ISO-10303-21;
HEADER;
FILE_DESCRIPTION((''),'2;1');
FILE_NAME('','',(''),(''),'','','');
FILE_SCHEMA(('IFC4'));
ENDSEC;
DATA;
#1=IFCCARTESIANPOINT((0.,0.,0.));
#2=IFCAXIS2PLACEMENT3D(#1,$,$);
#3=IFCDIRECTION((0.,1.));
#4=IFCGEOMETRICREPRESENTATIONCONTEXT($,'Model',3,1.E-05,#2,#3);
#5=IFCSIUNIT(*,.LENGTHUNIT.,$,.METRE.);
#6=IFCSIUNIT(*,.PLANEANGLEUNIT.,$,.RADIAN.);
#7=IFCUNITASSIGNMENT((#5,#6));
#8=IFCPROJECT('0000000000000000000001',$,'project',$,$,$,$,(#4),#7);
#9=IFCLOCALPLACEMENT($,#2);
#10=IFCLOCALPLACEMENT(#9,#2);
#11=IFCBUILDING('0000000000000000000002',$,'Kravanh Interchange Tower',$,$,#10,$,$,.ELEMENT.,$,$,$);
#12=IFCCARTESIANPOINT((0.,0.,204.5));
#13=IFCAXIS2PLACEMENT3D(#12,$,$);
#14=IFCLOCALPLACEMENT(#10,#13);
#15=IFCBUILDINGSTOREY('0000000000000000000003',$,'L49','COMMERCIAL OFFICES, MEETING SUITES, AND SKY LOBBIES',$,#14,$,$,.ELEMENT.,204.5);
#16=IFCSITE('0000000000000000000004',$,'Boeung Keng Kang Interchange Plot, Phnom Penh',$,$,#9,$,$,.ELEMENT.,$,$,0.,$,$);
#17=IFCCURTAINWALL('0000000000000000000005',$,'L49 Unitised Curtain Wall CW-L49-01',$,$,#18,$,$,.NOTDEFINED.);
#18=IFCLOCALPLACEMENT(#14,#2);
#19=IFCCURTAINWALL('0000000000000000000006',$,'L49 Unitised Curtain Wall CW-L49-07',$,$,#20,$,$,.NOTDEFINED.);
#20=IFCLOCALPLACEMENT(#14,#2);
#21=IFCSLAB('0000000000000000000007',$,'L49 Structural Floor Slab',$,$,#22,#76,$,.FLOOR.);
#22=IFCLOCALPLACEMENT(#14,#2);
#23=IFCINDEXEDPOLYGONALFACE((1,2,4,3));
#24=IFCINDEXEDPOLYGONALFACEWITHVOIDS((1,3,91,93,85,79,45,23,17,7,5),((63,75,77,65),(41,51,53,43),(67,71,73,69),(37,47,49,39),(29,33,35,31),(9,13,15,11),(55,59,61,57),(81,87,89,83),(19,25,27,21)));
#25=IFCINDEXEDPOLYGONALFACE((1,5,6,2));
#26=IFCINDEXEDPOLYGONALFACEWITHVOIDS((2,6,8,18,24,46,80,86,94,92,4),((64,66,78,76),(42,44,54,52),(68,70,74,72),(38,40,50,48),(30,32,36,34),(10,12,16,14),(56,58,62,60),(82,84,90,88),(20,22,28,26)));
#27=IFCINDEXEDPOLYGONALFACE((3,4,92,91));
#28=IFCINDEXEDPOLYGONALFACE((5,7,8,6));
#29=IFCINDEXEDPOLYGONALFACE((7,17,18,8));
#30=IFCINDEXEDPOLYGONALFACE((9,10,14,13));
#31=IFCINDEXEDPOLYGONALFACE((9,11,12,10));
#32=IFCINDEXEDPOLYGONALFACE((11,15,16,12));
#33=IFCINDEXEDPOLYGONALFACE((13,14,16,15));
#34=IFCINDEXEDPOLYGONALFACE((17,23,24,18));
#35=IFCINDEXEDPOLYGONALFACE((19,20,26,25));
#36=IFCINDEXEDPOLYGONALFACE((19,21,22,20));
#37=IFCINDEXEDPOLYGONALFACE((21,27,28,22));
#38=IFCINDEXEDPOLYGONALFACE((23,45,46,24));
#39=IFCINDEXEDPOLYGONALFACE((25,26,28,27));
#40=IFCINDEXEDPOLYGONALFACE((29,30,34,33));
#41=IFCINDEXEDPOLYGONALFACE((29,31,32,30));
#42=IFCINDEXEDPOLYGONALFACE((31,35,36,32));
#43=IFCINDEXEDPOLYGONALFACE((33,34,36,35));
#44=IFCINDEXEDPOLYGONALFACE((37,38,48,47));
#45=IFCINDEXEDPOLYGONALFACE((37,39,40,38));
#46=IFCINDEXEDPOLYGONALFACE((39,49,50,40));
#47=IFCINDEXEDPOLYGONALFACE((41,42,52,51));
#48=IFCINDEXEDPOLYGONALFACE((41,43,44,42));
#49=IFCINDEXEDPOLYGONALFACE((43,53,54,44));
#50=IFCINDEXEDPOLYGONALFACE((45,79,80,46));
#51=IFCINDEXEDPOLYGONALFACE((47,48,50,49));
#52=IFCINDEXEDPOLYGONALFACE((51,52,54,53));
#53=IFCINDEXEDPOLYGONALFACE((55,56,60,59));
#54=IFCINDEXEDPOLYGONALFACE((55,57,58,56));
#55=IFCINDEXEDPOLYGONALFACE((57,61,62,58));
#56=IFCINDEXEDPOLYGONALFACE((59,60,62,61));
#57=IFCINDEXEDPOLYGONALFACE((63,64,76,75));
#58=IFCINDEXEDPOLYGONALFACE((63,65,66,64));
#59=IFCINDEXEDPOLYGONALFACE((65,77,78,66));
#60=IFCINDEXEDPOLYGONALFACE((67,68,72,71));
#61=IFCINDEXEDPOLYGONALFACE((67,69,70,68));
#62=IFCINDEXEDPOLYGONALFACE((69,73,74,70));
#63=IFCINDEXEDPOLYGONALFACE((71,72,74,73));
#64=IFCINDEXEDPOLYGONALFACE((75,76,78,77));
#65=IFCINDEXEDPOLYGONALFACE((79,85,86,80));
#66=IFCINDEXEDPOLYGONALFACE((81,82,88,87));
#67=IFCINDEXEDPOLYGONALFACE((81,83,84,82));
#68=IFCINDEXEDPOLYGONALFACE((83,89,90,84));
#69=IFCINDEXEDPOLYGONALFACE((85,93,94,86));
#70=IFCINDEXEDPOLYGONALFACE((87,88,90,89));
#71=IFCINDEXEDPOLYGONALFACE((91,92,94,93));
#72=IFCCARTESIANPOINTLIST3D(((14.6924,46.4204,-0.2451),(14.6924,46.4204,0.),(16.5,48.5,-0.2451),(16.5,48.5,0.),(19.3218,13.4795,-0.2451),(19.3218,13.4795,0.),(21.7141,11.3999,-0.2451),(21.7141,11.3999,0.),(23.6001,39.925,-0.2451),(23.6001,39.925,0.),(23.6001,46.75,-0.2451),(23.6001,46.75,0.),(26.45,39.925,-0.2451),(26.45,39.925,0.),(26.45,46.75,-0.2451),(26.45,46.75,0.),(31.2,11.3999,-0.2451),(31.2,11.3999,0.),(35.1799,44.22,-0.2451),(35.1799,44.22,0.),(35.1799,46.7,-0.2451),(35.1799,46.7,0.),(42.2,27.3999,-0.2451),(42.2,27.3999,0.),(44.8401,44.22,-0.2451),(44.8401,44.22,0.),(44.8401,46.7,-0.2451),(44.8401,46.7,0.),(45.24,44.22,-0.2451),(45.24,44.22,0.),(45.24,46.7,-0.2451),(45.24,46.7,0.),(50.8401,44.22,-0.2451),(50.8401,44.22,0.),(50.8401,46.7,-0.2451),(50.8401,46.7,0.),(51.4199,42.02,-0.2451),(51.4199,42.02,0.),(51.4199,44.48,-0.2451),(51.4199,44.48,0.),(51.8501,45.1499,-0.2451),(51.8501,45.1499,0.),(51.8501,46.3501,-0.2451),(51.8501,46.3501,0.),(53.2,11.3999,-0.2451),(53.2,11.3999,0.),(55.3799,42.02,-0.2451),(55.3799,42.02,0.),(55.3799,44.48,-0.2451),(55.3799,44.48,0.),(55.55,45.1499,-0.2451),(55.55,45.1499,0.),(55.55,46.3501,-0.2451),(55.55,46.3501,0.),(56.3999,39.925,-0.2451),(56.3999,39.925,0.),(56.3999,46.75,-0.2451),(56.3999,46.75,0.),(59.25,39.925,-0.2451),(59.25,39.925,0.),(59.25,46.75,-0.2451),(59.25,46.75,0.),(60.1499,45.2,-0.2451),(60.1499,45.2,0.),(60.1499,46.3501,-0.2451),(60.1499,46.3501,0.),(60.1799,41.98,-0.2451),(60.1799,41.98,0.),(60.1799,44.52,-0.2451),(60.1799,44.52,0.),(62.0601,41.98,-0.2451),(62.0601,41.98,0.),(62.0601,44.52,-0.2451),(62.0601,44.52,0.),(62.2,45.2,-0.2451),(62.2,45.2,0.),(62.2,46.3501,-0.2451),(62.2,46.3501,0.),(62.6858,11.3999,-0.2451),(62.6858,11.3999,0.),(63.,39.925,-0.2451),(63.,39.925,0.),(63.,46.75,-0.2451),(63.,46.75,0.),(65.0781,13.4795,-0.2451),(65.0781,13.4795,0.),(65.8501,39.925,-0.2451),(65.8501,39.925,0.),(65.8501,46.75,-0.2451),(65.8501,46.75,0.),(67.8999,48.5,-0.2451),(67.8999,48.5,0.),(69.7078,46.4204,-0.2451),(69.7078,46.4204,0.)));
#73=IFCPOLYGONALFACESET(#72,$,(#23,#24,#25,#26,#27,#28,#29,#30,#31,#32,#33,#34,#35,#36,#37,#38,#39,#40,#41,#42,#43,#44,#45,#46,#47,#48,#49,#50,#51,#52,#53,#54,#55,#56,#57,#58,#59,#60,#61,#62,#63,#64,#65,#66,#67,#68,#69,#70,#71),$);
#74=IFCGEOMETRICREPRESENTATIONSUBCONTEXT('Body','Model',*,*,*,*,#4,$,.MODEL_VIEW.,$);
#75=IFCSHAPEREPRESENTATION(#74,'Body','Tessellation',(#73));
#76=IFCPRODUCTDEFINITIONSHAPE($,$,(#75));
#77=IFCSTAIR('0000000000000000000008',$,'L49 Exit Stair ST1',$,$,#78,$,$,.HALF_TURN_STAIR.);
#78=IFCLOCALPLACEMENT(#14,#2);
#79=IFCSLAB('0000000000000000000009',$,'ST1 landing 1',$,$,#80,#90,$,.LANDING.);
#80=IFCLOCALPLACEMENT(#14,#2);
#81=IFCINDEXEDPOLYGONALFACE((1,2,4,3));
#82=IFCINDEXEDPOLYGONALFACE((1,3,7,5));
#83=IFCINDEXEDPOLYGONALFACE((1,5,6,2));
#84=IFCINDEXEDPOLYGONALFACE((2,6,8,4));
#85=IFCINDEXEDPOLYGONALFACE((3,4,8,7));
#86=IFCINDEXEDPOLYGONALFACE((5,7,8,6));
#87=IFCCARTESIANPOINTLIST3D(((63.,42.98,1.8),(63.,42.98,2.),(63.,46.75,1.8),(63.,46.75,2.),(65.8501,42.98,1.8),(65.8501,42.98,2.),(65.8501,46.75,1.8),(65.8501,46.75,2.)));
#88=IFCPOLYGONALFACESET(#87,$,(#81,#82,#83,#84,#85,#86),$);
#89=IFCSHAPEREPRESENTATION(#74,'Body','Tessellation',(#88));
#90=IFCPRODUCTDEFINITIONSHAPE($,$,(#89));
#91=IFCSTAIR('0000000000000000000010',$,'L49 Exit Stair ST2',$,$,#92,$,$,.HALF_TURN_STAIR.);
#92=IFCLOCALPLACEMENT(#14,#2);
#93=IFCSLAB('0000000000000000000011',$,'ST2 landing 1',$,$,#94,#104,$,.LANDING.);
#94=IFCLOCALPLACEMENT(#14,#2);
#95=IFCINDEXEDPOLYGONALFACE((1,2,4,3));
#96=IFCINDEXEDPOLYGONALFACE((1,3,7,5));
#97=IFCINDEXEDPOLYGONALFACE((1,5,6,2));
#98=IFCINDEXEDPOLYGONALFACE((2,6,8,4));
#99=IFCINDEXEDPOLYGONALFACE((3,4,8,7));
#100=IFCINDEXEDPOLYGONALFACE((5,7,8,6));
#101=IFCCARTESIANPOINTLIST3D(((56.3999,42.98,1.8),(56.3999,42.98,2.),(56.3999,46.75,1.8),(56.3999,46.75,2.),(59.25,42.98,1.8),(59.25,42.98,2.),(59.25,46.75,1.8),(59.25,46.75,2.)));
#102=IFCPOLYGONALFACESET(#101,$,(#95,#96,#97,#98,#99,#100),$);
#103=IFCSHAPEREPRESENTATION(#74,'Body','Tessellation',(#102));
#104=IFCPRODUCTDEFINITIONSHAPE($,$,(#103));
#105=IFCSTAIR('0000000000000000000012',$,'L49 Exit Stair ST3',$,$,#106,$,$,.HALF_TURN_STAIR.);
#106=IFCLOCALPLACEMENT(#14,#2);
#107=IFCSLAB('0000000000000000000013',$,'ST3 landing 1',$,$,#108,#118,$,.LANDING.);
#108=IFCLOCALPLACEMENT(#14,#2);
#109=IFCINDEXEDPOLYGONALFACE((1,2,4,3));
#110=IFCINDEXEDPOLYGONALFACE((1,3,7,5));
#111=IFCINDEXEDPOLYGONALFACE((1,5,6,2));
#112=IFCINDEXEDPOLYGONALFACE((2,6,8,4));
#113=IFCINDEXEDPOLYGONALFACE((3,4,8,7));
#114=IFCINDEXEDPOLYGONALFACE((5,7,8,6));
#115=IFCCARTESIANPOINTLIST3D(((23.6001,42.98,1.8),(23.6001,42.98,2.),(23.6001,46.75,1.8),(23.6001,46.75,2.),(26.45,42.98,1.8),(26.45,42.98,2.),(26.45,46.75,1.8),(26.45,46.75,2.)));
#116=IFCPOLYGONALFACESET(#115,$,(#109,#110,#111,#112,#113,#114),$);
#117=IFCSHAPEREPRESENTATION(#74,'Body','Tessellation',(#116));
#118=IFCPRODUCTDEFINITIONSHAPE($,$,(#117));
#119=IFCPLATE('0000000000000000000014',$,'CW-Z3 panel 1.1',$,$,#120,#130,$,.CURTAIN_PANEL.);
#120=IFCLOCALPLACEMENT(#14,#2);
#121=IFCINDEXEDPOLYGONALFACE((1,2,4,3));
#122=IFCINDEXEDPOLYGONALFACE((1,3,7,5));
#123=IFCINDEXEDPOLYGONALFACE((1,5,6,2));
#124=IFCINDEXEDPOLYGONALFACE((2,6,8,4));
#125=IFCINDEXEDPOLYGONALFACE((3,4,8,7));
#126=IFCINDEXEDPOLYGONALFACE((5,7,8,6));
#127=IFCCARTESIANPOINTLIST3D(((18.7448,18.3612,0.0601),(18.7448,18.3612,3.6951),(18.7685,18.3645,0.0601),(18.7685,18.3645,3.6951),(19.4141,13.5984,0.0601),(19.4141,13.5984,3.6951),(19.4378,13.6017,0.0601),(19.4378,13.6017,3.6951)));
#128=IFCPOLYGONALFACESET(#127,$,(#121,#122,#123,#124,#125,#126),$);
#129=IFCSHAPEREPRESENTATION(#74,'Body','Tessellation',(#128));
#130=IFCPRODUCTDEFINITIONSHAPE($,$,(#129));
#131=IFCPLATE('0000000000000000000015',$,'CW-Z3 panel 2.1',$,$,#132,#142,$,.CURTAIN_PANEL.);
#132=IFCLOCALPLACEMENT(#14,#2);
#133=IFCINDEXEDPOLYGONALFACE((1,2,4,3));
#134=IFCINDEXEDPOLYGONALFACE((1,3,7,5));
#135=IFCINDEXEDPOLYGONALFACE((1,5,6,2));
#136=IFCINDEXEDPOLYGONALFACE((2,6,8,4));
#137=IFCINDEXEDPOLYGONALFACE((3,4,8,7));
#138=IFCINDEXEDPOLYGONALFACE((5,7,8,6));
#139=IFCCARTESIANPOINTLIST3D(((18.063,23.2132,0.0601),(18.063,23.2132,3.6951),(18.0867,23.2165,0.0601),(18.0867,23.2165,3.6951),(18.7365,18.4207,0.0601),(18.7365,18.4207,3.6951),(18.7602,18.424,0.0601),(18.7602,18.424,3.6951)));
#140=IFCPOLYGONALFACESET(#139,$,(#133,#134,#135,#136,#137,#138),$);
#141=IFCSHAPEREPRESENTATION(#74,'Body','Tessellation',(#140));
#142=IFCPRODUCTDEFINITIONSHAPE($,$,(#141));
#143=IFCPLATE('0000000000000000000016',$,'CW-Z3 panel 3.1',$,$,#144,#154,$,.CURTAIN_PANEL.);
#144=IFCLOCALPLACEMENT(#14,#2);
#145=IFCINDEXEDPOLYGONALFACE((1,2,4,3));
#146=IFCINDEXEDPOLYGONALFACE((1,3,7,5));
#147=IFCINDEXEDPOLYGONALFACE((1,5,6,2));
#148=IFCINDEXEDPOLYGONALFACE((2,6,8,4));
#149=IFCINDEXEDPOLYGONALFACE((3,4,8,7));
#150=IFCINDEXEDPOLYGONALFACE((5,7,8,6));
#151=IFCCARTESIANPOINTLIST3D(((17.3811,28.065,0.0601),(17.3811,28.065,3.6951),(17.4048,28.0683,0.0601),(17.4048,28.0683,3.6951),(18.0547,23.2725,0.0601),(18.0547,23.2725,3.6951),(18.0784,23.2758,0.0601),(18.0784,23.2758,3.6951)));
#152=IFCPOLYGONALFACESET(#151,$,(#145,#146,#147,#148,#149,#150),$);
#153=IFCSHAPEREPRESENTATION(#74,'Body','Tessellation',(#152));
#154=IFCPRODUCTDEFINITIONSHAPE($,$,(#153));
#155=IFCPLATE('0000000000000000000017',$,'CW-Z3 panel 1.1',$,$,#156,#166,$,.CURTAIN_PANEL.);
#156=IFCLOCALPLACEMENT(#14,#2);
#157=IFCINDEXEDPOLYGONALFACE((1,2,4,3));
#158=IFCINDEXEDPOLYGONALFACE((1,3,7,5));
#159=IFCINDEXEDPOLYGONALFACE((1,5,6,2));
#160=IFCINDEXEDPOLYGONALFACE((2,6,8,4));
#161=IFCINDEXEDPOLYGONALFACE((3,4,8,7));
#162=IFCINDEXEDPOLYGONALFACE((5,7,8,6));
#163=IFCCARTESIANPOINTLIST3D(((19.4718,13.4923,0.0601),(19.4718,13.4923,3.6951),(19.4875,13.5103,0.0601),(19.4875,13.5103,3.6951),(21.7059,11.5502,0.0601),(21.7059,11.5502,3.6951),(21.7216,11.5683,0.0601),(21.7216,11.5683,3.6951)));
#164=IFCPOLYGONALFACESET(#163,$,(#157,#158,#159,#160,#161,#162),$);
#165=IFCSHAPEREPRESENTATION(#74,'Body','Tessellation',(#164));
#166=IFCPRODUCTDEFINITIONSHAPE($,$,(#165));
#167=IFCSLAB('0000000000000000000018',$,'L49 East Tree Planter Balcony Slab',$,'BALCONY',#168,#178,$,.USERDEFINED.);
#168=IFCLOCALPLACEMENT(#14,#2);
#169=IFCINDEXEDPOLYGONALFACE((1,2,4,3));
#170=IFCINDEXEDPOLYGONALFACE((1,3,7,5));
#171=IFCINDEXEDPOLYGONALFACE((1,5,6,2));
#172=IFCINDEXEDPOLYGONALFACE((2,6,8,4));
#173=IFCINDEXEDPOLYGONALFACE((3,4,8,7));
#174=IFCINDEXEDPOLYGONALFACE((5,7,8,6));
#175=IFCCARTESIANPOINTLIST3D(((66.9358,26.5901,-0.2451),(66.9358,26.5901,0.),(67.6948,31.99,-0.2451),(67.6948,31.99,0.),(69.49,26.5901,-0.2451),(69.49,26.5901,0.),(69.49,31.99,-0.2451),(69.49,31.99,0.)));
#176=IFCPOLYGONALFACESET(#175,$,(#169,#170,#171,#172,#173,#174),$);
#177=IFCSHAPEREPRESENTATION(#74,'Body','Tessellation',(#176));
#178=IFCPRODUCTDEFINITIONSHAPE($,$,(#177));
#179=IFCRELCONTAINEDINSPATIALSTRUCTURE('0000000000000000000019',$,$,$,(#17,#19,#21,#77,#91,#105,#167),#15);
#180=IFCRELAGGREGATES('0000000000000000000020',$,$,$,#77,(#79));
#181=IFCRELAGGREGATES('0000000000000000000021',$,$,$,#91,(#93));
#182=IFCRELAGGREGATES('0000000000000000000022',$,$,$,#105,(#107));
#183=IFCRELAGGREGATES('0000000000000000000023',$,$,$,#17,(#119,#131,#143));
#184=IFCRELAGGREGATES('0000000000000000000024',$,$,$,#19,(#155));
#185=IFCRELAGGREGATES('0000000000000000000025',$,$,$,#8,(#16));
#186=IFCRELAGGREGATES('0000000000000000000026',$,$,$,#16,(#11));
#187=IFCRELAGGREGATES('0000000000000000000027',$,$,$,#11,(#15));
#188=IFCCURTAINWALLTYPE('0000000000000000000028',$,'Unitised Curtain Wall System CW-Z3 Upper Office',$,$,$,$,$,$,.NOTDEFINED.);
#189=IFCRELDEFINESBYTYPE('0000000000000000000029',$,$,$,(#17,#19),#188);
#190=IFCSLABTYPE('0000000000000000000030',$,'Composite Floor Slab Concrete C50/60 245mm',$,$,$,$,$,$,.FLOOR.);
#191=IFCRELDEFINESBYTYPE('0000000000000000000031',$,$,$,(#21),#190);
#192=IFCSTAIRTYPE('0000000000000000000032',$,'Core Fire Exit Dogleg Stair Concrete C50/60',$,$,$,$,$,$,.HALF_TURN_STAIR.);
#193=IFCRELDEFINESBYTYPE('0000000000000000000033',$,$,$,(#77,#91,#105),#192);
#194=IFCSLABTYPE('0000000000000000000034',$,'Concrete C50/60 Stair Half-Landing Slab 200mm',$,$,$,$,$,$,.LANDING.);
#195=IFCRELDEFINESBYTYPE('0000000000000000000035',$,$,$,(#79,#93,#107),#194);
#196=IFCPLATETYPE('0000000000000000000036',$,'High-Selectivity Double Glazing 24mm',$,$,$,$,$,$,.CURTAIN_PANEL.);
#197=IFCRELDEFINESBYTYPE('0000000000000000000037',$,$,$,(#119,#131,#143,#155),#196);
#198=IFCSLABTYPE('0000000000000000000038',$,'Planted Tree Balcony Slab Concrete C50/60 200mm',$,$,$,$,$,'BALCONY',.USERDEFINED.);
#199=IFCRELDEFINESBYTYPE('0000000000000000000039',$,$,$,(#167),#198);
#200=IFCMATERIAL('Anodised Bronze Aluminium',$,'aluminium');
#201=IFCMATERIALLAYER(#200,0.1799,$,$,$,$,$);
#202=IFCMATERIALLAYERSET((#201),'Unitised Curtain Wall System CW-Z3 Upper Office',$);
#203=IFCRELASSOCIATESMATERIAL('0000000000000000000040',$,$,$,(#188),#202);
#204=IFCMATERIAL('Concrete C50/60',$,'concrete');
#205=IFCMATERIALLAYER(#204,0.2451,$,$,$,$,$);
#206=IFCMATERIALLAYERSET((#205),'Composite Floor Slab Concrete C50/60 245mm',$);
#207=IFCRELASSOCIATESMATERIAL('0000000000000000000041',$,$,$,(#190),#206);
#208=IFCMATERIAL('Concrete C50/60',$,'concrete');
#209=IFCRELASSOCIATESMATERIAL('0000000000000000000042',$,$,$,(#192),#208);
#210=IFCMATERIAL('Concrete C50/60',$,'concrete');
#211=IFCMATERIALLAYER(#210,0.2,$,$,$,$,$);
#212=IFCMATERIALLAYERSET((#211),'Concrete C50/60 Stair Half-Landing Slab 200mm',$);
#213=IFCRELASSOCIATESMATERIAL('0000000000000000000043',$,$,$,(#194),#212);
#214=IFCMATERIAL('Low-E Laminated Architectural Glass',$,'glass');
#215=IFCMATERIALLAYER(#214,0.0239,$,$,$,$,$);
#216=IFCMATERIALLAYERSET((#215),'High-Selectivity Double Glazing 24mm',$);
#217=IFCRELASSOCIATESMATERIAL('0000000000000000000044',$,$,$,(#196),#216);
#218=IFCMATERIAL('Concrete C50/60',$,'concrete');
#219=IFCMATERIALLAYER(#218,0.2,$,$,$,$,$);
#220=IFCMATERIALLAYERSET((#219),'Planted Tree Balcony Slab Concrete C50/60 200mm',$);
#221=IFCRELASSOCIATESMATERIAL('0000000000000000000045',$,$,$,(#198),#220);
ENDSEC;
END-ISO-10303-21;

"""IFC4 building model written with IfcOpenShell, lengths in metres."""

from ifc_helpers import new_model, si_unit, direction, frame, origin, origin_2d, place, context, subcontext, project, spatial, polyline, rectangle, outline, extrude, material, layer, layer_set, type_object, element, aggregate, save


model = new_model("IFC4")

# Units and contexts
model_context = context("Model", 3, precision=1e-05, world=origin(), true_north=direction((0.0, 1.0)))
body_context = subcontext(model_context, "Body", "Model", "MODEL_VIEW")
ifc_project = project(units=[si_unit("LENGTHUNIT", "METRE"), si_unit("PLANEANGLEUNIT", "RADIAN")], contexts=[model_context])

# Site, building, storey
site_placement = place(None, origin())
site = spatial("IfcSite", under=ifc_project, at=site_placement, Name="Boeung Keng Kang Interchange Plot, Phnom Penh", CompositionType="ELEMENT", RefElevation=0.0)
building_placement = place(site_placement, origin())
building = spatial("IfcBuilding", under=site, at=building_placement, Name="Kravanh Interchange Tower", CompositionType="ELEMENT")
storey_placement = place(building_placement, frame((0.0, 0.0, 204.5)))
storey = spatial("IfcBuildingStorey", under=building, at=storey_placement, Name="L49", Description="COMMERCIAL OFFICES, MEETING SUITES, AND SKY LOBBIES", CompositionType="ELEMENT", Elevation=204.5)

# Curtain wall
ifc_material_1 = material(Name="Anodised Bronze Aluminium", Category="aluminium")
ifc_layer_1 = layer(ifc_material_1, 0.1799)
ifc_layer_set_1 = layer_set([ifc_layer_1], Name="Unitised Curtain Wall System CW-Z3 Upper Office")
curtain_wall_type = type_object("IfcCurtainWallType", Name="Unitised Curtain Wall System CW-Z3 Upper Office", PredefinedType="NOTDEFINED", material=ifc_layer_set_1)
curtain_wall_1_placement = place(storey_placement, origin())
curtain_wall_1 = element("IfcCurtainWall", 1, at=curtain_wall_1_placement, inside=storey, type_object=curtain_wall_type, Name="L49 Unitised Curtain Wall CW-L49-01", PredefinedType="NOTDEFINED")

# Curtain wall
curtain_wall_2_placement = place(storey_placement, origin())
curtain_wall_2 = element("IfcCurtainWall", 2, at=curtain_wall_2_placement, inside=storey, type_object=curtain_wall_type, Name="L49 Unitised Curtain Wall CW-L49-07", PredefinedType="NOTDEFINED")

# Slab
ifc_material_2 = material(Name="Concrete C50/60", Category="concrete")
ifc_layer_2 = layer(ifc_material_2, 0.2451)
ifc_layer_set_2 = layer_set([ifc_layer_2], Name="Composite Floor Slab Concrete C50/60 245mm")
slab_type_1 = type_object("IfcSlabType", Name="Composite Floor Slab Concrete C50/60 245mm", PredefinedType="FLOOR", material=ifc_layer_set_2)
slab_1_placement = place(storey_placement, frame((0.0, 0.0, -0.2451)))
element("IfcSlab", 3, at=slab_1_placement, inside=storey, type_object=slab_type_1, Name="L49 Structural Floor Slab", PredefinedType="FLOOR", context=body_context, shape_type="SweptSolid", body=[
    extrude(outline(polyline([(19.3218, 13.4795), (21.7141, 11.3999), (31.2, 11.3999), (42.2, 27.3999), (53.2, 11.3999), (62.6858, 11.3999), (65.0781, 13.4795), (69.7078, 46.4204), (67.8999, 48.5), (16.5, 48.5), (14.6924, 46.4204), (19.3218, 13.4795)]), holes=[polyline([(65.8501, 39.925), (65.8501, 46.75), (63.0, 46.75), (63.0, 39.925), (65.8501, 39.925)]), polyline([(59.25, 39.925), (59.25, 46.75), (56.3999, 46.75), (56.3999, 39.925), (59.25, 39.925)]), polyline([(26.45, 39.925), (26.45, 46.75), (23.6001, 46.75), (23.6001, 39.925), (26.45, 39.925)]), polyline([(35.1799, 44.22), (44.8401, 44.22), (44.8401, 46.7), (35.1799, 46.7), (35.1799, 44.22)]), polyline([(45.24, 44.22), (50.8401, 44.22), (50.8401, 46.7), (45.24, 46.7), (45.24, 44.22)]), polyline([(51.4199, 42.02), (55.3799, 42.02), (55.3799, 44.48), (51.4199, 44.48), (51.4199, 42.02)]), polyline([(60.1799, 41.98), (62.0601, 41.98), (62.0601, 44.52), (60.1799, 44.52), (60.1799, 41.98)]), polyline([(60.1499, 45.2), (62.2, 45.2), (62.2, 46.3501), (60.1499, 46.3501), (60.1499, 45.2)]), polyline([(51.8501, 45.1499), (55.55, 45.1499), (55.55, 46.3501), (51.8501, 46.3501), (51.8501, 45.1499)])]), origin(), (0.0, 0.0, 1.0), 0.2451),
])

# Stairs, slabs
ifc_material_3 = material(Name="Concrete C50/60", Category="concrete")
stair_type = type_object("IfcStairType", Name="Core Fire Exit Dogleg Stair Concrete C50/60", PredefinedType="HALF_TURN_STAIR", material=ifc_material_3)
stair_1_placement = place(storey_placement, origin())
stair_1 = element("IfcStair", 4, at=stair_1_placement, inside=storey, type_object=stair_type, Name="L49 Exit Stair ST1", PredefinedType="HALF_TURN_STAIR")
ifc_material_4 = material(Name="Concrete C50/60", Category="concrete")
ifc_layer_3 = layer(ifc_material_4, 0.2)
ifc_layer_set_3 = layer_set([ifc_layer_3], Name="Concrete C50/60 Stair Half-Landing Slab 200mm")
slab_type_2 = type_object("IfcSlabType", Name="Concrete C50/60 Stair Half-Landing Slab 200mm", PredefinedType="LANDING", material=ifc_layer_set_3)
slab_2_placement = place(storey_placement, frame((0.0, 0.0, 1.8)))
slab_2 = element("IfcSlab", 5, at=slab_2_placement, type_object=slab_type_2, Name="ST1 landing 1", PredefinedType="LANDING", context=body_context, shape_type="SweptSolid", body=[
    extrude(outline(polyline([(65.8501, 42.98), (65.8501, 46.75), (63.0, 46.75), (63.0, 42.98), (65.8501, 42.98)])), origin(), (0.0, 0.0, 1.0), 0.2),
])
aggregate(stair_1, [slab_2])
stair_2_placement = place(storey_placement, origin())
stair_2 = element("IfcStair", 6, at=stair_2_placement, inside=storey, type_object=stair_type, Name="L49 Exit Stair ST2", PredefinedType="HALF_TURN_STAIR")
slab_3_placement = place(storey_placement, frame((0.0, 0.0, 1.8)))
slab_3 = element("IfcSlab", 7, at=slab_3_placement, type_object=slab_type_2, Name="ST2 landing 1", PredefinedType="LANDING", context=body_context, shape_type="SweptSolid", body=[
    extrude(outline(polyline([(59.25, 42.98), (59.25, 46.75), (56.3999, 46.75), (56.3999, 42.98), (59.25, 42.98)])), origin(), (0.0, 0.0, 1.0), 0.2),
])
aggregate(stair_2, [slab_3])
stair_3_placement = place(storey_placement, origin())
stair_3 = element("IfcStair", 8, at=stair_3_placement, inside=storey, type_object=stair_type, Name="L49 Exit Stair ST3", PredefinedType="HALF_TURN_STAIR")
slab_4_placement = place(storey_placement, frame((0.0, 0.0, 1.8)))
slab_4 = element("IfcSlab", 9, at=slab_4_placement, type_object=slab_type_2, Name="ST3 landing 1", PredefinedType="LANDING", context=body_context, shape_type="SweptSolid", body=[
    extrude(outline(polyline([(26.45, 42.98), (26.45, 46.75), (23.6001, 46.75), (23.6001, 42.98), (26.45, 42.98)])), origin(), (0.0, 0.0, 1.0), 0.2),
])
aggregate(stair_3, [slab_4])

# Plates
ifc_material_5 = material(Name="Low-E Laminated Architectural Glass", Category="glass")
ifc_layer_4 = layer(ifc_material_5, 0.0239)
ifc_layer_set_4 = layer_set([ifc_layer_4], Name="High-Selectivity Double Glazing 24mm")
plate_type = type_object("IfcPlateType", Name="High-Selectivity Double Glazing 24mm", PredefinedType="CURTAIN_PANEL", material=ifc_layer_set_4)
plate_1_placement = place(storey_placement, frame((19.0913, 15.9814, 0.0601), z_axis=(0.0, 0.0, 1.0), x_axis=(-0.139172, 0.990268, 0.0)))
plate_1 = element("IfcPlate", 10, at=plate_1_placement, type_object=plate_type, Name="CW-Z3 panel 1.1", PredefinedType="CURTAIN_PANEL", context=body_context, shape_type="SweptSolid", body=[
    extrude(rectangle(XDim=4.8096, YDim=0.0239, at=origin_2d()), origin(), (0.0, 0.0, 1.0), 3.635),
])
plate_2_placement = place(storey_placement, frame((18.4116, 20.8186, 0.0601), z_axis=(0.0, 0.0, 1.0), x_axis=(-0.139172, 0.990268, 0.0)))
plate_2 = element("IfcPlate", 11, at=plate_2_placement, type_object=plate_type, Name="CW-Z3 panel 2.1", PredefinedType="CURTAIN_PANEL", context=body_context, shape_type="SweptSolid", body=[
    extrude(rectangle(XDim=4.8396, YDim=0.0239, at=origin_2d()), origin(), (0.0, 0.0, 1.0), 3.635),
])
plate_3_placement = place(storey_placement, frame((17.7297, 25.6704, 0.0601), z_axis=(0.0, 0.0, 1.0), x_axis=(-0.139172, 0.990268, 0.0)))
plate_3 = element("IfcPlate", 12, at=plate_3_placement, type_object=plate_type, Name="CW-Z3 panel 3.1", PredefinedType="CURTAIN_PANEL", context=body_context, shape_type="SweptSolid", body=[
    extrude(rectangle(XDim=4.8396, YDim=0.0239, at=origin_2d()), origin(), (0.0, 0.0, 1.0), 3.635),
])
aggregate(curtain_wall_1, [plate_1, plate_2, plate_3])
plate_4_placement = place(storey_placement, frame((20.5967, 12.5303, 0.0601), z_axis=(0.0, 0.0, 1.0), x_axis=(-0.754717, 0.656051, 0.0)))
plate_4 = element("IfcPlate", 13, at=plate_4_placement, type_object=plate_type, Name="CW-Z3 panel 1.1", PredefinedType="CURTAIN_PANEL", context=body_context, shape_type="SweptSolid", body=[
    extrude(rectangle(XDim=2.9602, YDim=0.0239, at=origin_2d()), origin(), (0.0, 0.0, 1.0), 3.635),
])
aggregate(curtain_wall_2, [plate_4])

# Slab
ifc_material_6 = material(Name="Concrete C50/60", Category="concrete")
ifc_layer_5 = layer(ifc_material_6, 0.2)
ifc_layer_set_5 = layer_set([ifc_layer_5], Name="Planted Tree Balcony Slab Concrete C50/60 200mm")
slab_type_3 = type_object("IfcSlabType", Name="Planted Tree Balcony Slab Concrete C50/60 200mm", ElementType="BALCONY", PredefinedType="USERDEFINED", material=ifc_layer_set_5)
slab_5_placement = place(storey_placement, frame((0.0, 0.0, -0.2451)))
element("IfcSlab", 14, at=slab_5_placement, inside=storey, type_object=slab_type_3, Name="L49 East Tree Planter Balcony Slab", ObjectType="BALCONY", PredefinedType="USERDEFINED", context=body_context, shape_type="SweptSolid", body=[
    extrude(outline(polyline([(69.49, 31.99), (69.49, 26.5901), (66.9358, 26.5901), (67.6948, 31.99), (69.49, 31.99)])), origin(), (0.0, 0.0, 1.0), 0.2451),
])

save(model, "model.ifc")
